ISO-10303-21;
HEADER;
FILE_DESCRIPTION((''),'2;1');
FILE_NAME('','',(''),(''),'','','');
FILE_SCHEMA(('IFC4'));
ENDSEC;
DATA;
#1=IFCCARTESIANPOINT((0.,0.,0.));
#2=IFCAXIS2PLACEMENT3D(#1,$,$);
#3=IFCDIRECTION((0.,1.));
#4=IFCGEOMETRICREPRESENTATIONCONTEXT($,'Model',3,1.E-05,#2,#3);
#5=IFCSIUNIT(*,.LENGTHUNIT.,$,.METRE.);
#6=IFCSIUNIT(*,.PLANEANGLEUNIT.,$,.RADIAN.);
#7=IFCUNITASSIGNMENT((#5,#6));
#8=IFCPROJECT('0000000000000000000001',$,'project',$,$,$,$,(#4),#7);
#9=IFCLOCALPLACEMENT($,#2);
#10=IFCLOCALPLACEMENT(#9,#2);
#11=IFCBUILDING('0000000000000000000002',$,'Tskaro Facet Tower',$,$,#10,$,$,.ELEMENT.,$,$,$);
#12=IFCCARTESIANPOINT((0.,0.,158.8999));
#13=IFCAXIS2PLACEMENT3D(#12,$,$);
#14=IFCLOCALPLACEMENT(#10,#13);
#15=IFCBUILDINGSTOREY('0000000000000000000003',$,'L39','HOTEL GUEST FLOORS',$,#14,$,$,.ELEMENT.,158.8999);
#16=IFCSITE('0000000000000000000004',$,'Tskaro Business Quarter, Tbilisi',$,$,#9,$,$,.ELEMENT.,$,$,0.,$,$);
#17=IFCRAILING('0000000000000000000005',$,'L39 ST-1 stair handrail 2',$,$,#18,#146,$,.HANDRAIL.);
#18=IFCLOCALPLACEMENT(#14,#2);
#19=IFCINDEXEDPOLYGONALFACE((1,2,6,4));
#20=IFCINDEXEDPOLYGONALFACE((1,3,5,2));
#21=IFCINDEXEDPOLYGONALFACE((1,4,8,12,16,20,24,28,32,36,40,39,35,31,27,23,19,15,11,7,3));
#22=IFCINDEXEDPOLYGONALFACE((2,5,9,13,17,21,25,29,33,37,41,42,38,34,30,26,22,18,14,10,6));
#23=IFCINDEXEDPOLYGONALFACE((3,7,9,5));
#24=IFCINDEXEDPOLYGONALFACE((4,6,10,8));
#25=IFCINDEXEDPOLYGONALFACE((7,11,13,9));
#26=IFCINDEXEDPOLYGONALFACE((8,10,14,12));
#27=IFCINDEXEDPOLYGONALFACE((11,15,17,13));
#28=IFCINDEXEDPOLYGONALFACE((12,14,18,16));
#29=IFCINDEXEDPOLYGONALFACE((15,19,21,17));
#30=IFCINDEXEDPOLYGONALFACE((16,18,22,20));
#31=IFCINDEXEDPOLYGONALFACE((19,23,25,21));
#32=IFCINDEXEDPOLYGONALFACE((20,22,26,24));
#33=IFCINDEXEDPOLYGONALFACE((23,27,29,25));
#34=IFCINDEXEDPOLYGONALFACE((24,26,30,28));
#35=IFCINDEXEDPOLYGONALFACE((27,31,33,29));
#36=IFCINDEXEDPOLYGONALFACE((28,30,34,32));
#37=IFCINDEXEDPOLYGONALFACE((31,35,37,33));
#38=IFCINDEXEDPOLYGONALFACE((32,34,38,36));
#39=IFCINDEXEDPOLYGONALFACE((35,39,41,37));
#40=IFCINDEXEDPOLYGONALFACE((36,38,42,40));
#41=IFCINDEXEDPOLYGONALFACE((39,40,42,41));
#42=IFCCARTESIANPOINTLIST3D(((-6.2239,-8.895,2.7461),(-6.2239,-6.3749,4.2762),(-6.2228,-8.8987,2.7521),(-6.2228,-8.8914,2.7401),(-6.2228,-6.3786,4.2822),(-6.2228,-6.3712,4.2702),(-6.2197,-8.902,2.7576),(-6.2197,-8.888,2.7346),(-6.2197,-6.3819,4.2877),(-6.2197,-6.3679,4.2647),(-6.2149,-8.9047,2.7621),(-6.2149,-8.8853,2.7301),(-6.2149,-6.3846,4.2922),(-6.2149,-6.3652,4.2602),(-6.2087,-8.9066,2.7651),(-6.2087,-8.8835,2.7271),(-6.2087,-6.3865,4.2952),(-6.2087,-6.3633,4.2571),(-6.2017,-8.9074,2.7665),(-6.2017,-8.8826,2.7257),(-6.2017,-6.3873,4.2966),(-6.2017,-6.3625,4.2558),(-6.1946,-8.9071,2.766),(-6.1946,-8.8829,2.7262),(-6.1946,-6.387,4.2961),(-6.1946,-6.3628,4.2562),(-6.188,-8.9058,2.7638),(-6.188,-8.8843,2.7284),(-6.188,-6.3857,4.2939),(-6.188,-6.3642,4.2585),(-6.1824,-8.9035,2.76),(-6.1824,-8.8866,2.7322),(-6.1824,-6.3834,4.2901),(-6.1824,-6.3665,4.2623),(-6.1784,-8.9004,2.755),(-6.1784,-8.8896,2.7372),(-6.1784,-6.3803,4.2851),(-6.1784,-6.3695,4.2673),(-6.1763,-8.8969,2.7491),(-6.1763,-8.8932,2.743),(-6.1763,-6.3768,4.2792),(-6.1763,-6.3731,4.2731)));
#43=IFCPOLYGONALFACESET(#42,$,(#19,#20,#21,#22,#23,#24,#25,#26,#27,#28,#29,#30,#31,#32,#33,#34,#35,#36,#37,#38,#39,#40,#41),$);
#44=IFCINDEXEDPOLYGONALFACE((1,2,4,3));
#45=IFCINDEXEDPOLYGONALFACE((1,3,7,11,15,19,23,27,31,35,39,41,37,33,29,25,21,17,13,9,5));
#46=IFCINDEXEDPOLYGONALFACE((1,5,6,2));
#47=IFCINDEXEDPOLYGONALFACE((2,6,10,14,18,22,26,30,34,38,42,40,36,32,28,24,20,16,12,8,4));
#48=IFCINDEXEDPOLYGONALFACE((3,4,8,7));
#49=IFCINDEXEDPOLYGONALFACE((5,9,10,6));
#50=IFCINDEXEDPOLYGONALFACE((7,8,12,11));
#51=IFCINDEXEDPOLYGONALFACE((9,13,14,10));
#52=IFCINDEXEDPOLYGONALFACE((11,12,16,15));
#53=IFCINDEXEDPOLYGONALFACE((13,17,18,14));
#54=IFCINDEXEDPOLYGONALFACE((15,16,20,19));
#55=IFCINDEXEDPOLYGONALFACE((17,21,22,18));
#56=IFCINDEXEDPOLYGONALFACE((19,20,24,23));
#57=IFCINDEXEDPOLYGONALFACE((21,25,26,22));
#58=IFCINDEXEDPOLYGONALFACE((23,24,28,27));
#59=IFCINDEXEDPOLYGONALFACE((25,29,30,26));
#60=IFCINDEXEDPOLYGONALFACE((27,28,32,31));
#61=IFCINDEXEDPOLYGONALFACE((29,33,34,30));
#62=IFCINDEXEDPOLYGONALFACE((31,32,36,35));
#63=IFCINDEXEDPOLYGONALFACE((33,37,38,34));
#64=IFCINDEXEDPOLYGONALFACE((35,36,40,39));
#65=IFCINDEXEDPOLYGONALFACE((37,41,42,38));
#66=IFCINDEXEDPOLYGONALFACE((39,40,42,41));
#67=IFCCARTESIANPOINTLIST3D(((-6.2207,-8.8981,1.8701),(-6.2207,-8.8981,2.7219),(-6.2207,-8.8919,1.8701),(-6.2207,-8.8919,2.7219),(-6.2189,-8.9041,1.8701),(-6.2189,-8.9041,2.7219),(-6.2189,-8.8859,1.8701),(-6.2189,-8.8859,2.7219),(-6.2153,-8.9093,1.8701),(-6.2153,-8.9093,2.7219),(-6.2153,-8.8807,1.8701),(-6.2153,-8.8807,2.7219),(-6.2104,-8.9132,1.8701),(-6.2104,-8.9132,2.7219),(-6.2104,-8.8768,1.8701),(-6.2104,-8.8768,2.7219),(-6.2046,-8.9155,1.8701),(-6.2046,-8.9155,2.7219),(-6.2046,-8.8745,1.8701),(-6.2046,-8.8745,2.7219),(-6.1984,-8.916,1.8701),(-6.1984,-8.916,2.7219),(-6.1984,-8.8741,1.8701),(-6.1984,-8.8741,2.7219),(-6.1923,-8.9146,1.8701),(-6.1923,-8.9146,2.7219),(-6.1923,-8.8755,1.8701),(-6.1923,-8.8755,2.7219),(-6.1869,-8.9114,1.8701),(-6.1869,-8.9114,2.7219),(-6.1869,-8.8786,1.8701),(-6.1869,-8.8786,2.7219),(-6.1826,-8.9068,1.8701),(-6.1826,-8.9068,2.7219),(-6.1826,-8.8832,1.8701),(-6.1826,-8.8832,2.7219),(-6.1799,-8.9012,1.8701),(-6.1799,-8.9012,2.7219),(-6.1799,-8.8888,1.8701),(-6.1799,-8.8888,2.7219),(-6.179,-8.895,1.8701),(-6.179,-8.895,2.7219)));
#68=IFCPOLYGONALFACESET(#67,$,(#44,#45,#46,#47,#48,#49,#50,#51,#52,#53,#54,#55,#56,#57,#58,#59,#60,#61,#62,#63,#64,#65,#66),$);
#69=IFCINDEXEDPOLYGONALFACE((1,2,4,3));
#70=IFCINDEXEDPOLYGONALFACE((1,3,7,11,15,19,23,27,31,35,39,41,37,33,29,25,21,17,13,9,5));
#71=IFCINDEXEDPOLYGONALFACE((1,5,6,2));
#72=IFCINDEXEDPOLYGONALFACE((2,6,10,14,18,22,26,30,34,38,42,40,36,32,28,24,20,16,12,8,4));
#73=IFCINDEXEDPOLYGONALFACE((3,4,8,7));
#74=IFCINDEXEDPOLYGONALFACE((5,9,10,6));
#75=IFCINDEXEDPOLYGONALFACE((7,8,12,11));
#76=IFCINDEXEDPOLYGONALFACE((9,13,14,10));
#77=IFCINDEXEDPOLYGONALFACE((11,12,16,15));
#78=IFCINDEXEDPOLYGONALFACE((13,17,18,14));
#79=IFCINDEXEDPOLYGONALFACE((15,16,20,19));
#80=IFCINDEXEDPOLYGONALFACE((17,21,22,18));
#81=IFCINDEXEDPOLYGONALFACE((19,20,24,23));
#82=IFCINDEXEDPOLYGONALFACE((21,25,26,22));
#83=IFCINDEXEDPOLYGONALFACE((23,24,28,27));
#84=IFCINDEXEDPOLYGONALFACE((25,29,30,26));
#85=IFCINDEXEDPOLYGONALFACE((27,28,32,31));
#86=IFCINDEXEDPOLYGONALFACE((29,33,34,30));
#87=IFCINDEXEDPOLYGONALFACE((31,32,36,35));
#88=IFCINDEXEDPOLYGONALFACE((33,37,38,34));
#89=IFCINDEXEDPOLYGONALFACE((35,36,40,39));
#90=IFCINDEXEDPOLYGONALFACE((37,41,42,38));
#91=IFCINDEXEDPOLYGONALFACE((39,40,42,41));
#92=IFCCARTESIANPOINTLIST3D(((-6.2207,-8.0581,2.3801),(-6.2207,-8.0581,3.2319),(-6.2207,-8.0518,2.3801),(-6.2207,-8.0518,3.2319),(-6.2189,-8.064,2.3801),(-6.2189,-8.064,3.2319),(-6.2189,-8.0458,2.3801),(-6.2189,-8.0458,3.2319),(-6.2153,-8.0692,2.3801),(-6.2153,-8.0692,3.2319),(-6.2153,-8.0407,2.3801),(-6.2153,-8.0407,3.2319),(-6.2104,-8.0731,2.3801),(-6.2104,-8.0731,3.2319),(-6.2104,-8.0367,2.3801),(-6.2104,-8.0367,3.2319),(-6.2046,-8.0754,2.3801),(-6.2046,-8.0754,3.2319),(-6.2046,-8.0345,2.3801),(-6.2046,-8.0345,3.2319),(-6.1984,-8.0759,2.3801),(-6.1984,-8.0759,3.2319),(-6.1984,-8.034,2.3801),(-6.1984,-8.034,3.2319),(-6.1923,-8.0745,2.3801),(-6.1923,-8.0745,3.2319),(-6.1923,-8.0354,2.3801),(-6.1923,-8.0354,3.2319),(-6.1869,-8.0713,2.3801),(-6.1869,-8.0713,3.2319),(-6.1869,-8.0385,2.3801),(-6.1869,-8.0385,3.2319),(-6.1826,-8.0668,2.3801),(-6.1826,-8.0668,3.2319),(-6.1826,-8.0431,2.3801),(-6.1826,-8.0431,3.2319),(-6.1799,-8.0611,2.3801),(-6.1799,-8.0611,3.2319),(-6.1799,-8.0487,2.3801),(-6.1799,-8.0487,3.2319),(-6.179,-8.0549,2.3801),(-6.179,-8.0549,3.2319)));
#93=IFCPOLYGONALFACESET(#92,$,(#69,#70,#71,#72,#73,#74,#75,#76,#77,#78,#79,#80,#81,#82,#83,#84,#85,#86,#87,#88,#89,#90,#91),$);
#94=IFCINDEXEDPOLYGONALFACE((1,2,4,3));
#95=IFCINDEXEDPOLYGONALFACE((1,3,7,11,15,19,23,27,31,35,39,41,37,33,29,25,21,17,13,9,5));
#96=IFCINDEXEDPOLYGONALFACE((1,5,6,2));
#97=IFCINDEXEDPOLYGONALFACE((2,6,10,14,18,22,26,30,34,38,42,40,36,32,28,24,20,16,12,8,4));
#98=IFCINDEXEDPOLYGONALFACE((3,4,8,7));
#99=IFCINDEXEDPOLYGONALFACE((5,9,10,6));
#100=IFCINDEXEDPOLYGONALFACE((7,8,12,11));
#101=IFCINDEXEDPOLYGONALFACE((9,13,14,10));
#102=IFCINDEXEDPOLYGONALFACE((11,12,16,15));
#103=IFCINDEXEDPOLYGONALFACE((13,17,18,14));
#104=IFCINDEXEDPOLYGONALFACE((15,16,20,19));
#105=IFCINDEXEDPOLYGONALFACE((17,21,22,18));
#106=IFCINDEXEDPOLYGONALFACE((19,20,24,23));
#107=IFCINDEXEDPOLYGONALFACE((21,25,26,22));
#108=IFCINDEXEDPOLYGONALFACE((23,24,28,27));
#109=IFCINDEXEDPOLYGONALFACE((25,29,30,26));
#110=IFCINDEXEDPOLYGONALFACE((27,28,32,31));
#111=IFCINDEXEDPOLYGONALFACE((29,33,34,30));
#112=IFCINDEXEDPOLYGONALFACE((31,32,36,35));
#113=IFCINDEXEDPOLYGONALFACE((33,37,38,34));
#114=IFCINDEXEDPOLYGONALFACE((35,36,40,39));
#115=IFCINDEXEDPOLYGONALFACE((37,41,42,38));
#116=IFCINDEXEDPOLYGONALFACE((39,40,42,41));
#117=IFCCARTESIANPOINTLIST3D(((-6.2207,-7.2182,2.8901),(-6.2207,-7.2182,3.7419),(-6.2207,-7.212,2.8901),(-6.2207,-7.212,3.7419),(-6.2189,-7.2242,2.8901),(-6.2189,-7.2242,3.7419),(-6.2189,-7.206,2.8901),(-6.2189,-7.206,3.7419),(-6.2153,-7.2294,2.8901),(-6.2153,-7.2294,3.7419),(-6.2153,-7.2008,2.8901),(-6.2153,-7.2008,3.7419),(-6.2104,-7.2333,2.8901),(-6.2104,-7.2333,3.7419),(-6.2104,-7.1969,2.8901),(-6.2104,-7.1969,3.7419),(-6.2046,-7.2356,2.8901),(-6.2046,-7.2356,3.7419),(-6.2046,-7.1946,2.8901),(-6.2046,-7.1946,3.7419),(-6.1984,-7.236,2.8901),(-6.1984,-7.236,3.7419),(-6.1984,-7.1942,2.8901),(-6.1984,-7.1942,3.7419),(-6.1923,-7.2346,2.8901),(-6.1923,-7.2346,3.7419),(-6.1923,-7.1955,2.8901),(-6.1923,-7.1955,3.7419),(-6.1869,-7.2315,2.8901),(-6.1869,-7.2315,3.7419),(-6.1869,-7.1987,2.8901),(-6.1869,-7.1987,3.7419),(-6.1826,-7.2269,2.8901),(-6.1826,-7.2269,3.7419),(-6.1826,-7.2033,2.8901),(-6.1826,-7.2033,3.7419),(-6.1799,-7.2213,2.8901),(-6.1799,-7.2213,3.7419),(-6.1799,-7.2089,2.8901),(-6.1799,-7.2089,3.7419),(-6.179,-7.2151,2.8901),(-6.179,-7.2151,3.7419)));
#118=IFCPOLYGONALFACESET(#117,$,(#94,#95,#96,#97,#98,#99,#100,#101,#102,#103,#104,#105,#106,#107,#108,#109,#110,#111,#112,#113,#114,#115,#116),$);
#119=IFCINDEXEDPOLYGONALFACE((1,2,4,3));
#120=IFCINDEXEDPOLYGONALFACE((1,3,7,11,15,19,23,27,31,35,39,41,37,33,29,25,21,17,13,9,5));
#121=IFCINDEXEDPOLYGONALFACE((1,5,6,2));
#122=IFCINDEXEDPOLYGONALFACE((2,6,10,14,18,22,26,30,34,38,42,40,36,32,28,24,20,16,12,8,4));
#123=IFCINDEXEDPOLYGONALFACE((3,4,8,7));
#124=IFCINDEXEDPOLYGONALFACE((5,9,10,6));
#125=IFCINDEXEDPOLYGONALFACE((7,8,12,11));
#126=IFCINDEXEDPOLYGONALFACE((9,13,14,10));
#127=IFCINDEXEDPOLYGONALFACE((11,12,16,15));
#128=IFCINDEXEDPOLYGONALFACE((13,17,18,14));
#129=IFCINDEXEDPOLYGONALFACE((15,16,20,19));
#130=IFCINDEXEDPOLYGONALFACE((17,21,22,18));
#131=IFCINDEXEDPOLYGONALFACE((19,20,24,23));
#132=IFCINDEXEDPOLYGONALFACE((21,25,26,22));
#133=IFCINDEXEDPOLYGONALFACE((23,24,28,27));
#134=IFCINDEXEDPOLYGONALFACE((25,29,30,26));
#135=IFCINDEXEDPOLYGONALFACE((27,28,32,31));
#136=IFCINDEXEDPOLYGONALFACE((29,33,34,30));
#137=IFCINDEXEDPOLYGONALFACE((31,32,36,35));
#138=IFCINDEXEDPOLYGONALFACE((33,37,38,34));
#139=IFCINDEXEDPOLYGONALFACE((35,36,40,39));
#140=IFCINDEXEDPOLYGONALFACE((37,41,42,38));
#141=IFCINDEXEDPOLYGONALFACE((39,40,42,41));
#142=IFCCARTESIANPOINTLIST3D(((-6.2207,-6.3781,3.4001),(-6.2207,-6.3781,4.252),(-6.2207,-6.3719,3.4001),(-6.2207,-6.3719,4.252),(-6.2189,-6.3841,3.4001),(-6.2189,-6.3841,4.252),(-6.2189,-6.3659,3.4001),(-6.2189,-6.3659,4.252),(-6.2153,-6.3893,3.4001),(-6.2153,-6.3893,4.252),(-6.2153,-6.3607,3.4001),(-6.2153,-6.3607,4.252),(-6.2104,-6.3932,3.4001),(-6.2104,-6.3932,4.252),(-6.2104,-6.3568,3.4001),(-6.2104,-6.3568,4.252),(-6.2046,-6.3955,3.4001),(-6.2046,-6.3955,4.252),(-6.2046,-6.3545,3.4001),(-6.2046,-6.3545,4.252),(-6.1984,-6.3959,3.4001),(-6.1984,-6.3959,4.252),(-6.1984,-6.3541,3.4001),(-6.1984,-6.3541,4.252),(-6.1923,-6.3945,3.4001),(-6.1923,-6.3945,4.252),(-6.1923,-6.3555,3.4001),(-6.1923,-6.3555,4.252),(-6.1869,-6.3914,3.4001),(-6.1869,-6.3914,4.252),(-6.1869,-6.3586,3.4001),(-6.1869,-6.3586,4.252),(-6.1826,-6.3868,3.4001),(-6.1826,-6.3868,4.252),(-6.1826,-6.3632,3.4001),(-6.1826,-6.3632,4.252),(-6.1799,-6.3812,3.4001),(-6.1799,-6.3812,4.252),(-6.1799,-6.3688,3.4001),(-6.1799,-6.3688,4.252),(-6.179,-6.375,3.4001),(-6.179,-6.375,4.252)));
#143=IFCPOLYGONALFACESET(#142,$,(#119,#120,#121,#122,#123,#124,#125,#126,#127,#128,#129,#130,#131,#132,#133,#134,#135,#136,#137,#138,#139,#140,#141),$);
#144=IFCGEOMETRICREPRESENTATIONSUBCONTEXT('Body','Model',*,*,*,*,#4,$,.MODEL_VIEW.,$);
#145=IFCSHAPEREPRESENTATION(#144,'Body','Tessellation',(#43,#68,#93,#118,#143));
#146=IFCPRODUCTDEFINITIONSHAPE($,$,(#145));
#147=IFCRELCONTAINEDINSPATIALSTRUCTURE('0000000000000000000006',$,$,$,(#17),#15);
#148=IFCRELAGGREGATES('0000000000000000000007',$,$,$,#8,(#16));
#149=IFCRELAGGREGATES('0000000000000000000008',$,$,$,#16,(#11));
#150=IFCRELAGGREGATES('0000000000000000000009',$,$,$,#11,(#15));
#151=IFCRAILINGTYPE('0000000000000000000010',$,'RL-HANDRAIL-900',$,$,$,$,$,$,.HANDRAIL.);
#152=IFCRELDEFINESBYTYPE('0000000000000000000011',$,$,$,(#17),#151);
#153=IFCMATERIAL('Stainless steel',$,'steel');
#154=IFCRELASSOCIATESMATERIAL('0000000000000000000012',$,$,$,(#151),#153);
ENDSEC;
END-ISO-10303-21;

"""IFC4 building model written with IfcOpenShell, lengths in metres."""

from ifc_helpers import new_model, si_unit, direction, frame, origin, origin_2d, place, context, subcontext, project, spatial, circle, extrude, material, type_object, element, save


model = new_model("IFC4")

# Units and contexts
model_context = context("Model", 3, precision=1e-05, world=origin(), true_north=direction((0.0, 1.0)))
body_context = subcontext(model_context, "Body", "Model", "MODEL_VIEW")
ifc_project = project(units=[si_unit("LENGTHUNIT", "METRE"), si_unit("PLANEANGLEUNIT", "RADIAN")], contexts=[model_context])

# Site, building, storey
site_placement = place(None, origin())
site = spatial("IfcSite", under=ifc_project, at=site_placement, Name="Tskaro Business Quarter, Tbilisi", CompositionType="ELEMENT", RefElevation=0.0)
building_placement = place(site_placement, origin())
building = spatial("IfcBuilding", under=site, at=building_placement, Name="Tskaro Facet Tower", CompositionType="ELEMENT")
storey_placement = place(building_placement, frame((0.0, 0.0, 158.8999)))
storey = spatial("IfcBuildingStorey", under=building, at=storey_placement, Name="L39", Description="HOTEL GUEST FLOORS", CompositionType="ELEMENT", Elevation=158.8999)

# Shared definitions
ifc_material_1 = material(Name="Stainless steel", Category="steel")

# Railing
railing_type_1 = type_object("IfcRailingType", Name="RL-HANDRAIL-900", PredefinedType="HANDRAIL", material=ifc_material_1)
railing_1_placement = place(storey_placement, frame((-6.2, -8.895, 1.8701)))
element("IfcRailing", 1, at=railing_1_placement, inside=storey, type_object=railing_type_1, Name="L39 ST-1 stair handrail 2", PredefinedType="HANDRAIL", context=body_context, shape_type="SweptSolid", body=[
    extrude(circle(Radius=0.0239, at=origin_2d()), frame((0.0, 0.0, 0.876), z_axis=(0.0, 0.854785, 0.518982), x_axis=(-1.0, 0.0, 0.0)), (0.0, 0.0, 1.0), 2.9482),
    extrude(circle(Radius=0.021, at=origin_2d()), origin(), (0.0, 0.0, 1.0), 0.8518),
    extrude(circle(Radius=0.021, at=origin_2d()), frame((0.0, 0.8401, 0.51)), (0.0, 0.0, 1.0), 0.8518),
    extrude(circle(Radius=0.021, at=origin_2d()), frame((0.0, 1.6799, 1.02)), (0.0, 0.0, 1.0), 0.8518),
    extrude(circle(Radius=0.021, at=origin_2d()), frame((0.0, 2.52, 1.53)), (0.0, 0.0, 1.0), 0.8518),
])

save(model, "model.ifc")
